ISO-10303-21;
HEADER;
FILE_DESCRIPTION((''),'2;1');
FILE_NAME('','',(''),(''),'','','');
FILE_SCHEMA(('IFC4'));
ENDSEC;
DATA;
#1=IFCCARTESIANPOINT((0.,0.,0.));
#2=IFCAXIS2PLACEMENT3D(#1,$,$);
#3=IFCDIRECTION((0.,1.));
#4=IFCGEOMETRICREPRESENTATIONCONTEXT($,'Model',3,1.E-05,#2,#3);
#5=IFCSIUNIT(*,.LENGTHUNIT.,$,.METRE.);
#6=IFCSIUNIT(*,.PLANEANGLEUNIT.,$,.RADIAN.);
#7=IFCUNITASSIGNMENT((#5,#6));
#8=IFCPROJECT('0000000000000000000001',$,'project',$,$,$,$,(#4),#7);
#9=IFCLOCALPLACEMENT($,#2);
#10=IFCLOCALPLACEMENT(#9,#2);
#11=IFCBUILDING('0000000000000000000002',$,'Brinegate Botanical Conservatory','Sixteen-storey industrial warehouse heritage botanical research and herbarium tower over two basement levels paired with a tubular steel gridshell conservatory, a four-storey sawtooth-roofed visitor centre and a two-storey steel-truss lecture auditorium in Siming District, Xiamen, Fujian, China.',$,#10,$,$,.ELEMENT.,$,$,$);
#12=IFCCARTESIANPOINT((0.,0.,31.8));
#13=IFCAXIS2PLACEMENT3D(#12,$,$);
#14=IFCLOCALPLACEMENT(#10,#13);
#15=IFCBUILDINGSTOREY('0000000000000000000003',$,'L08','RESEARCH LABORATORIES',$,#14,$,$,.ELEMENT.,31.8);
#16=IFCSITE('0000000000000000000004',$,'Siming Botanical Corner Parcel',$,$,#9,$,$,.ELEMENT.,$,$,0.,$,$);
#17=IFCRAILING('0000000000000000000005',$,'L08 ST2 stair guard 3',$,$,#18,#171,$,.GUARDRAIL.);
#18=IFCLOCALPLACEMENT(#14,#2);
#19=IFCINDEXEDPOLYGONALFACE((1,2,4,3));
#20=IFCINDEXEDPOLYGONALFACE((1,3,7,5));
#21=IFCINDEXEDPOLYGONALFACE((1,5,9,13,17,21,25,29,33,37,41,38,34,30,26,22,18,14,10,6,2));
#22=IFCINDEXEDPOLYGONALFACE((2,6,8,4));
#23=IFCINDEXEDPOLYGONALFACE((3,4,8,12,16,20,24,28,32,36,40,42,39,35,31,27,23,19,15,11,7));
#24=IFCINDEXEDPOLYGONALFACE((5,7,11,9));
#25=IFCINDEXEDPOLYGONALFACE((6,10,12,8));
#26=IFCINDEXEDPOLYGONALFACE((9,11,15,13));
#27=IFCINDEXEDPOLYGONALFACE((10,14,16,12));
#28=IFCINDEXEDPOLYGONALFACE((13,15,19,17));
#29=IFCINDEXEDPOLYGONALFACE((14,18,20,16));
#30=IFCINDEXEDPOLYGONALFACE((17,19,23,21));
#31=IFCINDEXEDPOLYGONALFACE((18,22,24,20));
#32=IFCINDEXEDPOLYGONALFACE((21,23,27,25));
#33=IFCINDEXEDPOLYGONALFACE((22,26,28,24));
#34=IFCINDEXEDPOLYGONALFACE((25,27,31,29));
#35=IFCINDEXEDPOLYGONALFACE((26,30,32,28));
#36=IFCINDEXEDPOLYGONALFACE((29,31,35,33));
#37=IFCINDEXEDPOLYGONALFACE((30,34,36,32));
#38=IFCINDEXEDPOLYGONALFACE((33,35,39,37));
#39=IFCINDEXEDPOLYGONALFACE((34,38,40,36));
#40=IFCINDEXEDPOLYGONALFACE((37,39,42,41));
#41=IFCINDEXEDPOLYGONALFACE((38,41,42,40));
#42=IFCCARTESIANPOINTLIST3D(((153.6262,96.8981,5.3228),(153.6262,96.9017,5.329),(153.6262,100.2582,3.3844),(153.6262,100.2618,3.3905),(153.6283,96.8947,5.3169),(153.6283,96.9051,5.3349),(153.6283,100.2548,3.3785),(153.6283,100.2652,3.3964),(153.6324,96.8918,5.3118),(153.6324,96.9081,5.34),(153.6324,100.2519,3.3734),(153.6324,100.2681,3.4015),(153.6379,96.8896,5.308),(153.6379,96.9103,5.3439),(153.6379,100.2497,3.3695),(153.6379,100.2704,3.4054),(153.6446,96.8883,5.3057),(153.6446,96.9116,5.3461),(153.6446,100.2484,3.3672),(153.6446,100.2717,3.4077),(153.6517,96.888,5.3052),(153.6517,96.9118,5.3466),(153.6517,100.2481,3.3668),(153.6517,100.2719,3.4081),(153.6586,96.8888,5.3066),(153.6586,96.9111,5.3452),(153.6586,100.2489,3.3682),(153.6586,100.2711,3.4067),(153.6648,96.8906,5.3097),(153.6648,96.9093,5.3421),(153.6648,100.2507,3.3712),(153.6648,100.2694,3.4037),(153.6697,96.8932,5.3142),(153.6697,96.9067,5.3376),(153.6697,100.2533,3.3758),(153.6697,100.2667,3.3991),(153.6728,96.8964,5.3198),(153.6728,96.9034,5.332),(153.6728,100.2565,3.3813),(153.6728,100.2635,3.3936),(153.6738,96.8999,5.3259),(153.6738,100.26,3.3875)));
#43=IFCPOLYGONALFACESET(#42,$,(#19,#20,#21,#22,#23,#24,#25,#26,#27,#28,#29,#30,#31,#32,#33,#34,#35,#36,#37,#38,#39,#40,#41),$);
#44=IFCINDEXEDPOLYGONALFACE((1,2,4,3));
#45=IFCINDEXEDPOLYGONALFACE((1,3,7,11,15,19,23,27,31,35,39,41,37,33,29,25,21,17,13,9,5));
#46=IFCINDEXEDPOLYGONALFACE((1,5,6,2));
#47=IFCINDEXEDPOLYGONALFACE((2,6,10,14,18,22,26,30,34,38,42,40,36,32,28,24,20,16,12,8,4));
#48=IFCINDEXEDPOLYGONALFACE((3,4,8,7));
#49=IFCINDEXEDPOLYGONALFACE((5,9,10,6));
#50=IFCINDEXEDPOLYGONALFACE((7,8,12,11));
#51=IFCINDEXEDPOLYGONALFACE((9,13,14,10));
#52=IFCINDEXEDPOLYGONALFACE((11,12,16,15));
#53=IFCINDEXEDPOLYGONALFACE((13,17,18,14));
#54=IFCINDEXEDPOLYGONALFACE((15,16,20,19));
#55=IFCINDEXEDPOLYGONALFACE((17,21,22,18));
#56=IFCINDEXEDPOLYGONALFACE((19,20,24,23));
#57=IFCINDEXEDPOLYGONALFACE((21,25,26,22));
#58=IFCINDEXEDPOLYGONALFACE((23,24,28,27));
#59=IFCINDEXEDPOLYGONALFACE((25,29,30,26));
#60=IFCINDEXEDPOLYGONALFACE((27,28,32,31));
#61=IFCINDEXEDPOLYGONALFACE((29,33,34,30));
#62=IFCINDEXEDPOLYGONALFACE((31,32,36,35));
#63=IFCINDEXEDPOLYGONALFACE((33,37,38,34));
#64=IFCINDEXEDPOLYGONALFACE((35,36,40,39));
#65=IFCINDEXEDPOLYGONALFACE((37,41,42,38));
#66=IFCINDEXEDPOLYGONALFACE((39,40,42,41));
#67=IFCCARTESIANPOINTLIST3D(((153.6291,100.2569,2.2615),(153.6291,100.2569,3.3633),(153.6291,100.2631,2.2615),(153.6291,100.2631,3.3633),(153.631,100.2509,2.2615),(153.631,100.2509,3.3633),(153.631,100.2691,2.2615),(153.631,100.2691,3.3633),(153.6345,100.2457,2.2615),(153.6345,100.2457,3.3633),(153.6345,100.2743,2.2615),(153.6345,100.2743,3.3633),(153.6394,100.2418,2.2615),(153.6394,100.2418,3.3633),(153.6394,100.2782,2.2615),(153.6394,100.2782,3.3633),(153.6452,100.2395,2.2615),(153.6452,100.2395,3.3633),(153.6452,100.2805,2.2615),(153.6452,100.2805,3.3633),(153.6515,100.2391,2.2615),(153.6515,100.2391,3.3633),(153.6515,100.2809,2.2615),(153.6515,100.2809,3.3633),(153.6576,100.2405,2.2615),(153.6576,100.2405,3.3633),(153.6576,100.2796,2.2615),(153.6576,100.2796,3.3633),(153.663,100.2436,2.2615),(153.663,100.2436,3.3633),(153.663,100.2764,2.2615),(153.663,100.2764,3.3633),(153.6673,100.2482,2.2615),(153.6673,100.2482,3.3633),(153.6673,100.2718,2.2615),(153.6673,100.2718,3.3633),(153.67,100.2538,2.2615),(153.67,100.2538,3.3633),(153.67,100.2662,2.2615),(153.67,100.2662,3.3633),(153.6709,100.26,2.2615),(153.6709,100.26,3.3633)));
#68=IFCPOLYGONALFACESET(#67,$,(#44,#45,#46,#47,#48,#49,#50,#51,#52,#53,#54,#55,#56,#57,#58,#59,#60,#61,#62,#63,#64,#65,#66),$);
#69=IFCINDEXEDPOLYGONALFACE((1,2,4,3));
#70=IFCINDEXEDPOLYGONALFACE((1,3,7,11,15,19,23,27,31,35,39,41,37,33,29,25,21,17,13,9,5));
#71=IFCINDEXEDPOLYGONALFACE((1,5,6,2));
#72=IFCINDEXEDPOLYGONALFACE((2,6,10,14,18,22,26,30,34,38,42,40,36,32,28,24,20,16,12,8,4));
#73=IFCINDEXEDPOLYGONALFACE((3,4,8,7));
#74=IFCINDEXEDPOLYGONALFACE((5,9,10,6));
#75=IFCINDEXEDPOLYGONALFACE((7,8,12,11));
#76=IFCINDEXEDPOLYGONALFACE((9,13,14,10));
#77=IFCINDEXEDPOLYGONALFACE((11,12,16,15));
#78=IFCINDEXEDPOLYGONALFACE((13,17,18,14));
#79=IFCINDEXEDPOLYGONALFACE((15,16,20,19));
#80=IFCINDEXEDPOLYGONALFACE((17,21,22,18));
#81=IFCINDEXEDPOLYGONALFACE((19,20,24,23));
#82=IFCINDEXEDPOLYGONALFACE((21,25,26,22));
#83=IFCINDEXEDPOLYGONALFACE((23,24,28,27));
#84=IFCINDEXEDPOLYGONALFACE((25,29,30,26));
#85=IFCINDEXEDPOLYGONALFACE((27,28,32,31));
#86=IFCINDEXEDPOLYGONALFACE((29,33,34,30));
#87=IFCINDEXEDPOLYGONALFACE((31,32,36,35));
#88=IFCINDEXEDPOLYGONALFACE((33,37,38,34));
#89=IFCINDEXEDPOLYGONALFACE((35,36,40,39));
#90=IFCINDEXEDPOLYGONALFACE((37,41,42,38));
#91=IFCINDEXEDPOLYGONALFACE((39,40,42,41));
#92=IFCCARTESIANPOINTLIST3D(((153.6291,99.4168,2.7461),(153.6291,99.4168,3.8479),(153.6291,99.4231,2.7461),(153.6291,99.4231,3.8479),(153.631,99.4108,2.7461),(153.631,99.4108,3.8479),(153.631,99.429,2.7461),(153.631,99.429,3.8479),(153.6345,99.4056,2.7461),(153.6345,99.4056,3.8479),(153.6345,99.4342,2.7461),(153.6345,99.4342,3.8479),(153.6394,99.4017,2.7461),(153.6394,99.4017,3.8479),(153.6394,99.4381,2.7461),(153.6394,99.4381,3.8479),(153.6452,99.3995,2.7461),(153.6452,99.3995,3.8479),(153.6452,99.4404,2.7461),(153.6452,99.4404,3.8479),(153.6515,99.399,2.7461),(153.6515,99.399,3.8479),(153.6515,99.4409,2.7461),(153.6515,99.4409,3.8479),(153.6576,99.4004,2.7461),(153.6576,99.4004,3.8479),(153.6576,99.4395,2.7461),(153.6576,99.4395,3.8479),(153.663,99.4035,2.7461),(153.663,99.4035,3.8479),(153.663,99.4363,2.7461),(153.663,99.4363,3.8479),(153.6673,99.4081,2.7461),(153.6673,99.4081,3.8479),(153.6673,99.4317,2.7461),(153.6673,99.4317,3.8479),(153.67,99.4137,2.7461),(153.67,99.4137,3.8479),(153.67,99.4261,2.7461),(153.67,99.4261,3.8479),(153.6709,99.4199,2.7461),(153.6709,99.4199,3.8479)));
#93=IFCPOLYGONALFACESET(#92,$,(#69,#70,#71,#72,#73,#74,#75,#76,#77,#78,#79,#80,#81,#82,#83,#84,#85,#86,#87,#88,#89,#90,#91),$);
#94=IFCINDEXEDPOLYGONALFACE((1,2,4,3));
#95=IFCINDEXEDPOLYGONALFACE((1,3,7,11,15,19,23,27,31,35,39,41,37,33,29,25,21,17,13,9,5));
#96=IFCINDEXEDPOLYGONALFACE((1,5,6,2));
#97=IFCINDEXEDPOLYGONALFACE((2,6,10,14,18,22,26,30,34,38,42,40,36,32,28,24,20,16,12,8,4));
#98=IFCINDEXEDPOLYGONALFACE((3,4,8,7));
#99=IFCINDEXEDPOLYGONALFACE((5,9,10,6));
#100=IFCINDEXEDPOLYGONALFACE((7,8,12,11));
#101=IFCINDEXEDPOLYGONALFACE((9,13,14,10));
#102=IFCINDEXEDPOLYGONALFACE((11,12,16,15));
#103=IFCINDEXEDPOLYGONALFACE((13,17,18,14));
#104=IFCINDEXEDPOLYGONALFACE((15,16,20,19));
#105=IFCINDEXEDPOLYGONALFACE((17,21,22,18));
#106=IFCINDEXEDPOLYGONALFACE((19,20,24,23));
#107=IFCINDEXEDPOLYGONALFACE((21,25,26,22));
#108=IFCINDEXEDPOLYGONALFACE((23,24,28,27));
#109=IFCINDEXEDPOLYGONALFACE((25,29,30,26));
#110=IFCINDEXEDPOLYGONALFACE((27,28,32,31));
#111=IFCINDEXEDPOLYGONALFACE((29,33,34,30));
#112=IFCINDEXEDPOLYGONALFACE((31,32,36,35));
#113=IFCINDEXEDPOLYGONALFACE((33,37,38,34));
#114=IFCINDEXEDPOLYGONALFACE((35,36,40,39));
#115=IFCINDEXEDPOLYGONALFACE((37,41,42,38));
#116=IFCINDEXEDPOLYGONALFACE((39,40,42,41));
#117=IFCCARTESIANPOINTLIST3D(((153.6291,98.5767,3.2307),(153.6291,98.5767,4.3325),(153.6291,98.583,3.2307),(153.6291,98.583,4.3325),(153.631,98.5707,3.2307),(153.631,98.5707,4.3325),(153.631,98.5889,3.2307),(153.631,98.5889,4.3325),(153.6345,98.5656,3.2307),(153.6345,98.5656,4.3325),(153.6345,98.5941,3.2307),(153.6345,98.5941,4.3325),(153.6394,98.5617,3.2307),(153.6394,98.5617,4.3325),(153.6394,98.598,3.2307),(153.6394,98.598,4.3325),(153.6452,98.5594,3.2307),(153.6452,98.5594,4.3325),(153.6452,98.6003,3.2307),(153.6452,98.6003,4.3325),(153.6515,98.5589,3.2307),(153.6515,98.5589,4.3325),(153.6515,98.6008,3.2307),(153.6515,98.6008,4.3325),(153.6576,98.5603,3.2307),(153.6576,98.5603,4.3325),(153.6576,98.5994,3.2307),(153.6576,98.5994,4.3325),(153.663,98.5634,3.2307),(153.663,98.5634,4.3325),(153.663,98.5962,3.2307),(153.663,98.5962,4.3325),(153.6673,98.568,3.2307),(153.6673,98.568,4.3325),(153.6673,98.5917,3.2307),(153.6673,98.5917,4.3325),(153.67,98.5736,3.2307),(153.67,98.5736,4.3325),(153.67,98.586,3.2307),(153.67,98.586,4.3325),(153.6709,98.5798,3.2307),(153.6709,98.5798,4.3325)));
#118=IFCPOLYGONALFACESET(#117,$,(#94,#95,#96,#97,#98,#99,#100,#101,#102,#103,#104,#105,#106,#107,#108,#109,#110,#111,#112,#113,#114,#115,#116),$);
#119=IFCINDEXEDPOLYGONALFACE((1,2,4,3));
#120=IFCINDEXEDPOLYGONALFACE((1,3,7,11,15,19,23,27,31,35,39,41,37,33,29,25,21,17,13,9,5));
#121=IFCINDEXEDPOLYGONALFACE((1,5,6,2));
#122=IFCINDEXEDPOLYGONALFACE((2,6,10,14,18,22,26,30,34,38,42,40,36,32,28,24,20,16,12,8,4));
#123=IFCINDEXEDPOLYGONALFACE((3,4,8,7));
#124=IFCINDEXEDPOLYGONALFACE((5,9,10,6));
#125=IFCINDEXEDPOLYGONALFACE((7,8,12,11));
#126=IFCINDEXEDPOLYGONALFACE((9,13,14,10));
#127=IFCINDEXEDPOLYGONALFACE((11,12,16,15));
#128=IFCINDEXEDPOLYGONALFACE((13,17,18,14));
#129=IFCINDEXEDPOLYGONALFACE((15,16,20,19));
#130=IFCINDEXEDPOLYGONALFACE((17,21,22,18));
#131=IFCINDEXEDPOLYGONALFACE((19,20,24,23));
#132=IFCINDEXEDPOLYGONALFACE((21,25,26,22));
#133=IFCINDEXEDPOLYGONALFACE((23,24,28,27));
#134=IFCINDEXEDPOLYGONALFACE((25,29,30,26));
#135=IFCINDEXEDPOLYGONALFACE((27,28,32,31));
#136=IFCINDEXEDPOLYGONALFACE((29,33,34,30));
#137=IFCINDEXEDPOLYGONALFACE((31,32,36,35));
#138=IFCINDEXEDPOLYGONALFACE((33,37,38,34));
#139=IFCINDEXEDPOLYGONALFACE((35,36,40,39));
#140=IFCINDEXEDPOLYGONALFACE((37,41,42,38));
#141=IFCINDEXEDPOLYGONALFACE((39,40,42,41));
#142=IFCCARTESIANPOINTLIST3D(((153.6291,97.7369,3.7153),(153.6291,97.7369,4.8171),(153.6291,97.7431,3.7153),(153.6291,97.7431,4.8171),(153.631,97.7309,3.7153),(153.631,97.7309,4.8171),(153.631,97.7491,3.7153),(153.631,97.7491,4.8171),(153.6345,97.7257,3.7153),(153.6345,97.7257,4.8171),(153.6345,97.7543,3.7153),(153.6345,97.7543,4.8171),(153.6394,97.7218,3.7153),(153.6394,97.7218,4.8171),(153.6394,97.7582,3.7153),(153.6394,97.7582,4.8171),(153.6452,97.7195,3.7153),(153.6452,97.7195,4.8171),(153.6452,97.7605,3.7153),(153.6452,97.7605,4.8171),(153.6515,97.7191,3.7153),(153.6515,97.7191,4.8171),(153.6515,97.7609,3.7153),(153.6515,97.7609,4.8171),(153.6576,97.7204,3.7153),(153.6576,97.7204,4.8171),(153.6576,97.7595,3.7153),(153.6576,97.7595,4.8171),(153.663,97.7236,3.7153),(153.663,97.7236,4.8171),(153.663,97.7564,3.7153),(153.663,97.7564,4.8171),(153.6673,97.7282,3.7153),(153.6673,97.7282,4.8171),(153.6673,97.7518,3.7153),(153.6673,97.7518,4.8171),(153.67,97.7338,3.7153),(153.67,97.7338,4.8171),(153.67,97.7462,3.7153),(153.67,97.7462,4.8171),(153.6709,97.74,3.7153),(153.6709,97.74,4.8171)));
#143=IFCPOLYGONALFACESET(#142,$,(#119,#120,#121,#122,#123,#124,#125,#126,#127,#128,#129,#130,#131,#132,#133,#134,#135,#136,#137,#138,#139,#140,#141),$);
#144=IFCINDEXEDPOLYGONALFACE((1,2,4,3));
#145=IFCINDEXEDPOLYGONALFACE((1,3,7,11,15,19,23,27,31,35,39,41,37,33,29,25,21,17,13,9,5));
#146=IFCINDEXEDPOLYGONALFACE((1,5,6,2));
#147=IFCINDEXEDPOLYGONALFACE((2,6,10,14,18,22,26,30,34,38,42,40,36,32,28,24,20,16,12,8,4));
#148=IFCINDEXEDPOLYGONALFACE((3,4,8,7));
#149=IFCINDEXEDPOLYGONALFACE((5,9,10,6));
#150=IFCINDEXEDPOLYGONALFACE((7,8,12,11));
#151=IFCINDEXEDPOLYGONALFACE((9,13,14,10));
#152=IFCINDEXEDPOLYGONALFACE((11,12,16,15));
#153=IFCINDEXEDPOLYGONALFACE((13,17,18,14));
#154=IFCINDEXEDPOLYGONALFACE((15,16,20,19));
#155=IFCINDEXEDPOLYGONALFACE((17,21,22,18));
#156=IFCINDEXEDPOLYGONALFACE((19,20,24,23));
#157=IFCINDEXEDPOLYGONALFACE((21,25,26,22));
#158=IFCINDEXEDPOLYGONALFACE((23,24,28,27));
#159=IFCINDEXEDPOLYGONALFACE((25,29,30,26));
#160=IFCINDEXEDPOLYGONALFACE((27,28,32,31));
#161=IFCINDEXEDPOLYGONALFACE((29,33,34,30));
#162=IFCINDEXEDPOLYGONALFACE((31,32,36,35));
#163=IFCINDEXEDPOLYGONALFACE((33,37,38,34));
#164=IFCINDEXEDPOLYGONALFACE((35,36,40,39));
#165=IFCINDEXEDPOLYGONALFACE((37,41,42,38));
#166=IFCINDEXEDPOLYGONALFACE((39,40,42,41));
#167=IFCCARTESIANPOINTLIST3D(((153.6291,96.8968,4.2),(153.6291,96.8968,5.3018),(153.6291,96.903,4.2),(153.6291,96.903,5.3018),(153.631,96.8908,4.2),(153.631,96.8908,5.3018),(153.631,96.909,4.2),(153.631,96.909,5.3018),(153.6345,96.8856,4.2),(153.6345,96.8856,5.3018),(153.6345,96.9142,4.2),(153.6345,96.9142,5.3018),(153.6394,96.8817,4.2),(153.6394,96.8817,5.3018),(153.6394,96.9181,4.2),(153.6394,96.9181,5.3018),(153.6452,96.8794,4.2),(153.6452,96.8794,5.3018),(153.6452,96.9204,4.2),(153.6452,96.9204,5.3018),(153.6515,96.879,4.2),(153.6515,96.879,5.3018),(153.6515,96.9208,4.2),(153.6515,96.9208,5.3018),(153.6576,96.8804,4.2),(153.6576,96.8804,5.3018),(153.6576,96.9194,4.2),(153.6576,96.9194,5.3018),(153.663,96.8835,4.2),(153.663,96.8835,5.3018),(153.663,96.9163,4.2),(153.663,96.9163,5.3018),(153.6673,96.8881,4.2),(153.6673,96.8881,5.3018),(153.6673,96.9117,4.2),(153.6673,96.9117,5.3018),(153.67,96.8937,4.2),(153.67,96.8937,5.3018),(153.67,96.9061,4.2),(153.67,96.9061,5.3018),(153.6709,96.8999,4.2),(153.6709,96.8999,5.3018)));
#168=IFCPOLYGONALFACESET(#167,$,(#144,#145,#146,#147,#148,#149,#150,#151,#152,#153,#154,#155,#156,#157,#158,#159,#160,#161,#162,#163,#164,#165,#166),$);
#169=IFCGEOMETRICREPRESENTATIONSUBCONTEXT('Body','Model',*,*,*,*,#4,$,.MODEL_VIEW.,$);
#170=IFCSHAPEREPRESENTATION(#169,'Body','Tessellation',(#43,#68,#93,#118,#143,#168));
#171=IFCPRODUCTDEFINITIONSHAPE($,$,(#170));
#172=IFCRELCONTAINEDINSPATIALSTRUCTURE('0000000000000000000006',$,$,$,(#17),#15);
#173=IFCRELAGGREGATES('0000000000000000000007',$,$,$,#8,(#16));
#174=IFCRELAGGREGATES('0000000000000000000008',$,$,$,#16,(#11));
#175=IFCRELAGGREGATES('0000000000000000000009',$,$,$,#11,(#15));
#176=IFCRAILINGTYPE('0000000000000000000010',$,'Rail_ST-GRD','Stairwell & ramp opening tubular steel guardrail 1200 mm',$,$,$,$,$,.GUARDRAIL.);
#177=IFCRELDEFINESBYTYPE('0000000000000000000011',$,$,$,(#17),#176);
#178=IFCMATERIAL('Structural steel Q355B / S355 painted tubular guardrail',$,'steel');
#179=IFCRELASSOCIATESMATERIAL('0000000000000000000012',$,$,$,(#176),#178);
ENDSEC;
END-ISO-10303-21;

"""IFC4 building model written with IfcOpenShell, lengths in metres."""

from ifc_helpers import new_model, si_unit, direction, frame, origin, origin_2d, place, context, subcontext, project, spatial, circle, extrude, material, type_object, element, save


model = new_model("IFC4")

# Units and contexts
model_context = context("Model", 3, precision=1e-05, world=origin(), true_north=direction((0.0, 1.0)))
body_context = subcontext(model_context, "Body", "Model", "MODEL_VIEW")
ifc_project = project(units=[si_unit("LENGTHUNIT", "METRE"), si_unit("PLANEANGLEUNIT", "RADIAN")], contexts=[model_context])

# Site, building, storey
site_placement = place(None, origin())
site = spatial("IfcSite", under=ifc_project, at=site_placement, Name="Siming Botanical Corner Parcel", CompositionType="ELEMENT", RefElevation=0.0)
building_placement = place(site_placement, origin())
building = spatial("IfcBuilding", under=site, at=building_placement, Name="Brinegate Botanical Conservatory", Description="Sixteen-storey industrial warehouse heritage botanical research and herbarium tower over two basement levels paired with a tubular steel gridshell conservatory, a four-storey sawtooth-roofed visitor centre and a two-storey steel-truss lecture auditorium in Siming District, Xiamen, Fujian, China.", CompositionType="ELEMENT")
storey_placement = place(building_placement, frame((0.0, 0.0, 31.8)))
storey = spatial("IfcBuildingStorey", under=building, at=storey_placement, Name="L08", Description="RESEARCH LABORATORIES", CompositionType="ELEMENT", Elevation=31.8)

# Railing
ifc_material_1 = material(Name="Structural steel Q355B / S355 painted tubular guardrail", Category="steel")
railing_type_1 = type_object("IfcRailingType", Name="Rail_ST-GRD", Description="Stairwell & ramp opening tubular steel guardrail 1200 mm", PredefinedType="GUARDRAIL", material=ifc_material_1)
railing_1_placement = place(storey_placement, frame((153.6499, 100.26, 2.2615)))
element("IfcRailing", 1, at=railing_1_placement, inside=storey, type_object=railing_type_1, Name="L08 ST2 stair guard 3", PredefinedType="GUARDRAIL", context=body_context, shape_type="SweptSolid", body=[
    extrude(circle(Radius=0.0239, at=origin_2d()), frame((0.0, 0.0, 1.126), z_axis=(0.0, -0.866191, 0.499713), x_axis=(1.0, 0.0, 0.0)), (0.0, 0.0, 1.0), 3.8792),
    extrude(circle(Radius=0.021, at=origin_2d()), origin(), (0.0, 0.0, 1.0), 1.1018),
    extrude(circle(Radius=0.021, at=origin_2d()), frame((0.0, -0.8401, 0.4846)), (0.0, 0.0, 1.0), 1.1018),
    extrude(circle(Radius=0.021, at=origin_2d()), frame((0.0, -1.6802, 0.9692)), (0.0, 0.0, 1.0), 1.1018),
    extrude(circle(Radius=0.021, at=origin_2d()), frame((0.0, -2.52, 1.4539)), (0.0, 0.0, 1.0), 1.1018),
    extrude(circle(Radius=0.021, at=origin_2d()), frame((0.0, -3.3601, 1.9385)), (0.0, 0.0, 1.0), 1.1018),
])

save(model, "model.ifc")
